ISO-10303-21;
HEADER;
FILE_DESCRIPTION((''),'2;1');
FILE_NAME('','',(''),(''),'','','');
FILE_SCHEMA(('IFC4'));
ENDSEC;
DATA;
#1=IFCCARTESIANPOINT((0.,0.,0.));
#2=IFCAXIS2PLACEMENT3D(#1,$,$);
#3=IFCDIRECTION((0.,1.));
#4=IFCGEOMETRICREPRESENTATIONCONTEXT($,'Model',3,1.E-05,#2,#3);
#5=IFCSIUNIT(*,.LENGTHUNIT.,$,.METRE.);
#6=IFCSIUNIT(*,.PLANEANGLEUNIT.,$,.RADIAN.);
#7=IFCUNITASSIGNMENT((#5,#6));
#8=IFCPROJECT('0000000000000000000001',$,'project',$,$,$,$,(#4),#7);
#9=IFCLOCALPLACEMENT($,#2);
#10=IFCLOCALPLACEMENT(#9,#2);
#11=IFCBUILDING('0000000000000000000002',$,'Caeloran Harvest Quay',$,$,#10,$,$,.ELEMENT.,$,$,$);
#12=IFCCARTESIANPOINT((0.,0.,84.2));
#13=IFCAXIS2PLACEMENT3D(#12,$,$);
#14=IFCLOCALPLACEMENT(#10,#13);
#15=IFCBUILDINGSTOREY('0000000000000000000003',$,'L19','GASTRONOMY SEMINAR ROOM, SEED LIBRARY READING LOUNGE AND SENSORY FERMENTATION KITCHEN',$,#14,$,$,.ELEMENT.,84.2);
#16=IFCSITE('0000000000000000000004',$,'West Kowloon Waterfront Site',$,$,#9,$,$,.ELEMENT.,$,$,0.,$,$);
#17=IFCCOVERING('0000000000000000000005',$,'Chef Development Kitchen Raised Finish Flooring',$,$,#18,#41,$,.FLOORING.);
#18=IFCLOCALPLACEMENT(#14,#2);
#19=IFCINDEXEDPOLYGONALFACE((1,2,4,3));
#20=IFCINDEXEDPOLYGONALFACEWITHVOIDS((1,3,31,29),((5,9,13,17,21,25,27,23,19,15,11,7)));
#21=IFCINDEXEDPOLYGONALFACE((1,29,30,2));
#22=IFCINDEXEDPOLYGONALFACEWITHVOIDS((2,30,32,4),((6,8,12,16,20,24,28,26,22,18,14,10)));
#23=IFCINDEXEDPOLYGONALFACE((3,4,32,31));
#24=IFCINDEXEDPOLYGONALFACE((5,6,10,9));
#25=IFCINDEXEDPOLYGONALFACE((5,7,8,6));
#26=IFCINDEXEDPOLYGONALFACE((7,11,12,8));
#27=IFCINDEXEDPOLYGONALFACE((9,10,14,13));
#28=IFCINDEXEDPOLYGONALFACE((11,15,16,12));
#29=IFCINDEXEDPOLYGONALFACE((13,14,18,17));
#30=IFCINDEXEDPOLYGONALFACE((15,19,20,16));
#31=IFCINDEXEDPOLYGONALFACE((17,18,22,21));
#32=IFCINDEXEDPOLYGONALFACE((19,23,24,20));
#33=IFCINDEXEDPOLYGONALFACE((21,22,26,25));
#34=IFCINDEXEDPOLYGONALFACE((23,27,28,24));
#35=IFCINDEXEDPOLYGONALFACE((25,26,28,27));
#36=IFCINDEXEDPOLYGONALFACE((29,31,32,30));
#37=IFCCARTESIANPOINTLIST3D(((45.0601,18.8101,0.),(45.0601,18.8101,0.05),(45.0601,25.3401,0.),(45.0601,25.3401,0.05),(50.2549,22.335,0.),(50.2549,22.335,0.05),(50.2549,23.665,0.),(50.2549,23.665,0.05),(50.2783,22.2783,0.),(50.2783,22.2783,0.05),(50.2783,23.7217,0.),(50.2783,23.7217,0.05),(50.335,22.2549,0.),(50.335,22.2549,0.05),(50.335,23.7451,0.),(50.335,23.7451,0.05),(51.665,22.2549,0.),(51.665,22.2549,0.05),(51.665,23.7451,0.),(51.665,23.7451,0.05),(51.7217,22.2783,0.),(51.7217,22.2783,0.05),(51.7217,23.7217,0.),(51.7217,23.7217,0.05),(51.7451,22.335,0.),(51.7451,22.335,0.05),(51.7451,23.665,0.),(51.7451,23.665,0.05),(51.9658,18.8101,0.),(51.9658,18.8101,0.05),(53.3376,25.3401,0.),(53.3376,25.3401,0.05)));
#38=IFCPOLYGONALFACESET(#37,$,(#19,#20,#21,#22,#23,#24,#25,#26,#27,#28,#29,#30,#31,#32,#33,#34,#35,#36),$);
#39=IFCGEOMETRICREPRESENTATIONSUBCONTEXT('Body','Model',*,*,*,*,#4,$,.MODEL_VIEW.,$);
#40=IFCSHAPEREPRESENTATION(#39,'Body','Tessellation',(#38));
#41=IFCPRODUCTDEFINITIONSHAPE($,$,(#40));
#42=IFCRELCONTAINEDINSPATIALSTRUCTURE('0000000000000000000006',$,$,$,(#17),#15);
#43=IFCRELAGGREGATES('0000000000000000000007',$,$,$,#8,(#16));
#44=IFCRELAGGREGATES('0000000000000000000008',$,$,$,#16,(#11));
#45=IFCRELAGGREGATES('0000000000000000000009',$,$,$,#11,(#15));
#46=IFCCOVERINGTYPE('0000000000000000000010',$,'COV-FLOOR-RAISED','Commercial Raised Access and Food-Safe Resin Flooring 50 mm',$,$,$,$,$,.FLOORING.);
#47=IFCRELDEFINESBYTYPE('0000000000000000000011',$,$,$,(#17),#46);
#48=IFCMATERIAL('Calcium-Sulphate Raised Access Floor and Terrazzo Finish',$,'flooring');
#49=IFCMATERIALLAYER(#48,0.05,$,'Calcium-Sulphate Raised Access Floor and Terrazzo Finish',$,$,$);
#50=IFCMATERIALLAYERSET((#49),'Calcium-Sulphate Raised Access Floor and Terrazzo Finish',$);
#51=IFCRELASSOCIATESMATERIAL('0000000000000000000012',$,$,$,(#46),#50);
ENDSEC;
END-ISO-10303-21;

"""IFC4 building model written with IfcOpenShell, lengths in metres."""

from ifc_helpers import new_model, si_unit, direction, frame, origin, place, context, subcontext, project, spatial, polyline, outline, extrude, material, layer, layer_set, type_object, element, save


model = new_model("IFC4")

# Units and contexts
model_context = context("Model", 3, precision=1e-05, world=origin(), true_north=direction((0.0, 1.0)))
body_context = subcontext(model_context, "Body", "Model", "MODEL_VIEW")
ifc_project = project(units=[si_unit("LENGTHUNIT", "METRE"), si_unit("PLANEANGLEUNIT", "RADIAN")], contexts=[model_context])

# Site, building, storey
site_placement = place(None, origin())
site = spatial("IfcSite", under=ifc_project, at=site_placement, Name="West Kowloon Waterfront Site", CompositionType="ELEMENT", RefElevation=0.0)
building_placement = place(site_placement, origin())
building = spatial("IfcBuilding", under=site, at=building_placement, Name="Caeloran Harvest Quay", CompositionType="ELEMENT")
storey_placement = place(building_placement, frame((0.0, 0.0, 84.2)))
storey = spatial("IfcBuildingStorey", under=building, at=storey_placement, Name="L19", Description="GASTRONOMY SEMINAR ROOM, SEED LIBRARY READING LOUNGE AND SENSORY FERMENTATION KITCHEN", CompositionType="ELEMENT", Elevation=84.2)

# Covering
ifc_material_1 = material(Name="Calcium-Sulphate Raised Access Floor and Terrazzo Finish", Category="flooring")
ifc_layer_1 = layer(ifc_material_1, 0.05, Name="Calcium-Sulphate Raised Access Floor and Terrazzo Finish")
ifc_layer_set_1 = layer_set([ifc_layer_1], Name="Calcium-Sulphate Raised Access Floor and Terrazzo Finish")
covering_type_1 = type_object("IfcCoveringType", Name="COV-FLOOR-RAISED", Description="Commercial Raised Access and Food-Safe Resin Flooring 50 mm", PredefinedType="FLOORING", material=ifc_layer_set_1)
covering_1_placement = place(storey_placement, origin())
element("IfcCovering", 1, at=covering_1_placement, inside=storey, type_object=covering_type_1, Name="Chef Development Kitchen Raised Finish Flooring", PredefinedType="FLOORING", context=body_context, shape_type="SweptSolid", body=[
    extrude(outline(polyline([(51.9658, 18.8101), (45.0601, 18.8101), (45.0601, 25.3401), (53.3376, 25.3401), (51.9658, 18.8101)]), holes=[polyline([(51.7451, 23.665), (51.7217, 23.7217), (51.665, 23.7451), (50.335, 23.7451), (50.2783, 23.7217), (50.2549, 23.665), (50.2549, 22.335), (50.2783, 22.2783), (50.335, 22.2549), (51.665, 22.2549), (51.7217, 22.2783), (51.7451, 22.335), (51.7451, 23.665)])]), origin(), (0.0, 0.0, 1.0), 0.05),
])

save(model, "model.ifc")
